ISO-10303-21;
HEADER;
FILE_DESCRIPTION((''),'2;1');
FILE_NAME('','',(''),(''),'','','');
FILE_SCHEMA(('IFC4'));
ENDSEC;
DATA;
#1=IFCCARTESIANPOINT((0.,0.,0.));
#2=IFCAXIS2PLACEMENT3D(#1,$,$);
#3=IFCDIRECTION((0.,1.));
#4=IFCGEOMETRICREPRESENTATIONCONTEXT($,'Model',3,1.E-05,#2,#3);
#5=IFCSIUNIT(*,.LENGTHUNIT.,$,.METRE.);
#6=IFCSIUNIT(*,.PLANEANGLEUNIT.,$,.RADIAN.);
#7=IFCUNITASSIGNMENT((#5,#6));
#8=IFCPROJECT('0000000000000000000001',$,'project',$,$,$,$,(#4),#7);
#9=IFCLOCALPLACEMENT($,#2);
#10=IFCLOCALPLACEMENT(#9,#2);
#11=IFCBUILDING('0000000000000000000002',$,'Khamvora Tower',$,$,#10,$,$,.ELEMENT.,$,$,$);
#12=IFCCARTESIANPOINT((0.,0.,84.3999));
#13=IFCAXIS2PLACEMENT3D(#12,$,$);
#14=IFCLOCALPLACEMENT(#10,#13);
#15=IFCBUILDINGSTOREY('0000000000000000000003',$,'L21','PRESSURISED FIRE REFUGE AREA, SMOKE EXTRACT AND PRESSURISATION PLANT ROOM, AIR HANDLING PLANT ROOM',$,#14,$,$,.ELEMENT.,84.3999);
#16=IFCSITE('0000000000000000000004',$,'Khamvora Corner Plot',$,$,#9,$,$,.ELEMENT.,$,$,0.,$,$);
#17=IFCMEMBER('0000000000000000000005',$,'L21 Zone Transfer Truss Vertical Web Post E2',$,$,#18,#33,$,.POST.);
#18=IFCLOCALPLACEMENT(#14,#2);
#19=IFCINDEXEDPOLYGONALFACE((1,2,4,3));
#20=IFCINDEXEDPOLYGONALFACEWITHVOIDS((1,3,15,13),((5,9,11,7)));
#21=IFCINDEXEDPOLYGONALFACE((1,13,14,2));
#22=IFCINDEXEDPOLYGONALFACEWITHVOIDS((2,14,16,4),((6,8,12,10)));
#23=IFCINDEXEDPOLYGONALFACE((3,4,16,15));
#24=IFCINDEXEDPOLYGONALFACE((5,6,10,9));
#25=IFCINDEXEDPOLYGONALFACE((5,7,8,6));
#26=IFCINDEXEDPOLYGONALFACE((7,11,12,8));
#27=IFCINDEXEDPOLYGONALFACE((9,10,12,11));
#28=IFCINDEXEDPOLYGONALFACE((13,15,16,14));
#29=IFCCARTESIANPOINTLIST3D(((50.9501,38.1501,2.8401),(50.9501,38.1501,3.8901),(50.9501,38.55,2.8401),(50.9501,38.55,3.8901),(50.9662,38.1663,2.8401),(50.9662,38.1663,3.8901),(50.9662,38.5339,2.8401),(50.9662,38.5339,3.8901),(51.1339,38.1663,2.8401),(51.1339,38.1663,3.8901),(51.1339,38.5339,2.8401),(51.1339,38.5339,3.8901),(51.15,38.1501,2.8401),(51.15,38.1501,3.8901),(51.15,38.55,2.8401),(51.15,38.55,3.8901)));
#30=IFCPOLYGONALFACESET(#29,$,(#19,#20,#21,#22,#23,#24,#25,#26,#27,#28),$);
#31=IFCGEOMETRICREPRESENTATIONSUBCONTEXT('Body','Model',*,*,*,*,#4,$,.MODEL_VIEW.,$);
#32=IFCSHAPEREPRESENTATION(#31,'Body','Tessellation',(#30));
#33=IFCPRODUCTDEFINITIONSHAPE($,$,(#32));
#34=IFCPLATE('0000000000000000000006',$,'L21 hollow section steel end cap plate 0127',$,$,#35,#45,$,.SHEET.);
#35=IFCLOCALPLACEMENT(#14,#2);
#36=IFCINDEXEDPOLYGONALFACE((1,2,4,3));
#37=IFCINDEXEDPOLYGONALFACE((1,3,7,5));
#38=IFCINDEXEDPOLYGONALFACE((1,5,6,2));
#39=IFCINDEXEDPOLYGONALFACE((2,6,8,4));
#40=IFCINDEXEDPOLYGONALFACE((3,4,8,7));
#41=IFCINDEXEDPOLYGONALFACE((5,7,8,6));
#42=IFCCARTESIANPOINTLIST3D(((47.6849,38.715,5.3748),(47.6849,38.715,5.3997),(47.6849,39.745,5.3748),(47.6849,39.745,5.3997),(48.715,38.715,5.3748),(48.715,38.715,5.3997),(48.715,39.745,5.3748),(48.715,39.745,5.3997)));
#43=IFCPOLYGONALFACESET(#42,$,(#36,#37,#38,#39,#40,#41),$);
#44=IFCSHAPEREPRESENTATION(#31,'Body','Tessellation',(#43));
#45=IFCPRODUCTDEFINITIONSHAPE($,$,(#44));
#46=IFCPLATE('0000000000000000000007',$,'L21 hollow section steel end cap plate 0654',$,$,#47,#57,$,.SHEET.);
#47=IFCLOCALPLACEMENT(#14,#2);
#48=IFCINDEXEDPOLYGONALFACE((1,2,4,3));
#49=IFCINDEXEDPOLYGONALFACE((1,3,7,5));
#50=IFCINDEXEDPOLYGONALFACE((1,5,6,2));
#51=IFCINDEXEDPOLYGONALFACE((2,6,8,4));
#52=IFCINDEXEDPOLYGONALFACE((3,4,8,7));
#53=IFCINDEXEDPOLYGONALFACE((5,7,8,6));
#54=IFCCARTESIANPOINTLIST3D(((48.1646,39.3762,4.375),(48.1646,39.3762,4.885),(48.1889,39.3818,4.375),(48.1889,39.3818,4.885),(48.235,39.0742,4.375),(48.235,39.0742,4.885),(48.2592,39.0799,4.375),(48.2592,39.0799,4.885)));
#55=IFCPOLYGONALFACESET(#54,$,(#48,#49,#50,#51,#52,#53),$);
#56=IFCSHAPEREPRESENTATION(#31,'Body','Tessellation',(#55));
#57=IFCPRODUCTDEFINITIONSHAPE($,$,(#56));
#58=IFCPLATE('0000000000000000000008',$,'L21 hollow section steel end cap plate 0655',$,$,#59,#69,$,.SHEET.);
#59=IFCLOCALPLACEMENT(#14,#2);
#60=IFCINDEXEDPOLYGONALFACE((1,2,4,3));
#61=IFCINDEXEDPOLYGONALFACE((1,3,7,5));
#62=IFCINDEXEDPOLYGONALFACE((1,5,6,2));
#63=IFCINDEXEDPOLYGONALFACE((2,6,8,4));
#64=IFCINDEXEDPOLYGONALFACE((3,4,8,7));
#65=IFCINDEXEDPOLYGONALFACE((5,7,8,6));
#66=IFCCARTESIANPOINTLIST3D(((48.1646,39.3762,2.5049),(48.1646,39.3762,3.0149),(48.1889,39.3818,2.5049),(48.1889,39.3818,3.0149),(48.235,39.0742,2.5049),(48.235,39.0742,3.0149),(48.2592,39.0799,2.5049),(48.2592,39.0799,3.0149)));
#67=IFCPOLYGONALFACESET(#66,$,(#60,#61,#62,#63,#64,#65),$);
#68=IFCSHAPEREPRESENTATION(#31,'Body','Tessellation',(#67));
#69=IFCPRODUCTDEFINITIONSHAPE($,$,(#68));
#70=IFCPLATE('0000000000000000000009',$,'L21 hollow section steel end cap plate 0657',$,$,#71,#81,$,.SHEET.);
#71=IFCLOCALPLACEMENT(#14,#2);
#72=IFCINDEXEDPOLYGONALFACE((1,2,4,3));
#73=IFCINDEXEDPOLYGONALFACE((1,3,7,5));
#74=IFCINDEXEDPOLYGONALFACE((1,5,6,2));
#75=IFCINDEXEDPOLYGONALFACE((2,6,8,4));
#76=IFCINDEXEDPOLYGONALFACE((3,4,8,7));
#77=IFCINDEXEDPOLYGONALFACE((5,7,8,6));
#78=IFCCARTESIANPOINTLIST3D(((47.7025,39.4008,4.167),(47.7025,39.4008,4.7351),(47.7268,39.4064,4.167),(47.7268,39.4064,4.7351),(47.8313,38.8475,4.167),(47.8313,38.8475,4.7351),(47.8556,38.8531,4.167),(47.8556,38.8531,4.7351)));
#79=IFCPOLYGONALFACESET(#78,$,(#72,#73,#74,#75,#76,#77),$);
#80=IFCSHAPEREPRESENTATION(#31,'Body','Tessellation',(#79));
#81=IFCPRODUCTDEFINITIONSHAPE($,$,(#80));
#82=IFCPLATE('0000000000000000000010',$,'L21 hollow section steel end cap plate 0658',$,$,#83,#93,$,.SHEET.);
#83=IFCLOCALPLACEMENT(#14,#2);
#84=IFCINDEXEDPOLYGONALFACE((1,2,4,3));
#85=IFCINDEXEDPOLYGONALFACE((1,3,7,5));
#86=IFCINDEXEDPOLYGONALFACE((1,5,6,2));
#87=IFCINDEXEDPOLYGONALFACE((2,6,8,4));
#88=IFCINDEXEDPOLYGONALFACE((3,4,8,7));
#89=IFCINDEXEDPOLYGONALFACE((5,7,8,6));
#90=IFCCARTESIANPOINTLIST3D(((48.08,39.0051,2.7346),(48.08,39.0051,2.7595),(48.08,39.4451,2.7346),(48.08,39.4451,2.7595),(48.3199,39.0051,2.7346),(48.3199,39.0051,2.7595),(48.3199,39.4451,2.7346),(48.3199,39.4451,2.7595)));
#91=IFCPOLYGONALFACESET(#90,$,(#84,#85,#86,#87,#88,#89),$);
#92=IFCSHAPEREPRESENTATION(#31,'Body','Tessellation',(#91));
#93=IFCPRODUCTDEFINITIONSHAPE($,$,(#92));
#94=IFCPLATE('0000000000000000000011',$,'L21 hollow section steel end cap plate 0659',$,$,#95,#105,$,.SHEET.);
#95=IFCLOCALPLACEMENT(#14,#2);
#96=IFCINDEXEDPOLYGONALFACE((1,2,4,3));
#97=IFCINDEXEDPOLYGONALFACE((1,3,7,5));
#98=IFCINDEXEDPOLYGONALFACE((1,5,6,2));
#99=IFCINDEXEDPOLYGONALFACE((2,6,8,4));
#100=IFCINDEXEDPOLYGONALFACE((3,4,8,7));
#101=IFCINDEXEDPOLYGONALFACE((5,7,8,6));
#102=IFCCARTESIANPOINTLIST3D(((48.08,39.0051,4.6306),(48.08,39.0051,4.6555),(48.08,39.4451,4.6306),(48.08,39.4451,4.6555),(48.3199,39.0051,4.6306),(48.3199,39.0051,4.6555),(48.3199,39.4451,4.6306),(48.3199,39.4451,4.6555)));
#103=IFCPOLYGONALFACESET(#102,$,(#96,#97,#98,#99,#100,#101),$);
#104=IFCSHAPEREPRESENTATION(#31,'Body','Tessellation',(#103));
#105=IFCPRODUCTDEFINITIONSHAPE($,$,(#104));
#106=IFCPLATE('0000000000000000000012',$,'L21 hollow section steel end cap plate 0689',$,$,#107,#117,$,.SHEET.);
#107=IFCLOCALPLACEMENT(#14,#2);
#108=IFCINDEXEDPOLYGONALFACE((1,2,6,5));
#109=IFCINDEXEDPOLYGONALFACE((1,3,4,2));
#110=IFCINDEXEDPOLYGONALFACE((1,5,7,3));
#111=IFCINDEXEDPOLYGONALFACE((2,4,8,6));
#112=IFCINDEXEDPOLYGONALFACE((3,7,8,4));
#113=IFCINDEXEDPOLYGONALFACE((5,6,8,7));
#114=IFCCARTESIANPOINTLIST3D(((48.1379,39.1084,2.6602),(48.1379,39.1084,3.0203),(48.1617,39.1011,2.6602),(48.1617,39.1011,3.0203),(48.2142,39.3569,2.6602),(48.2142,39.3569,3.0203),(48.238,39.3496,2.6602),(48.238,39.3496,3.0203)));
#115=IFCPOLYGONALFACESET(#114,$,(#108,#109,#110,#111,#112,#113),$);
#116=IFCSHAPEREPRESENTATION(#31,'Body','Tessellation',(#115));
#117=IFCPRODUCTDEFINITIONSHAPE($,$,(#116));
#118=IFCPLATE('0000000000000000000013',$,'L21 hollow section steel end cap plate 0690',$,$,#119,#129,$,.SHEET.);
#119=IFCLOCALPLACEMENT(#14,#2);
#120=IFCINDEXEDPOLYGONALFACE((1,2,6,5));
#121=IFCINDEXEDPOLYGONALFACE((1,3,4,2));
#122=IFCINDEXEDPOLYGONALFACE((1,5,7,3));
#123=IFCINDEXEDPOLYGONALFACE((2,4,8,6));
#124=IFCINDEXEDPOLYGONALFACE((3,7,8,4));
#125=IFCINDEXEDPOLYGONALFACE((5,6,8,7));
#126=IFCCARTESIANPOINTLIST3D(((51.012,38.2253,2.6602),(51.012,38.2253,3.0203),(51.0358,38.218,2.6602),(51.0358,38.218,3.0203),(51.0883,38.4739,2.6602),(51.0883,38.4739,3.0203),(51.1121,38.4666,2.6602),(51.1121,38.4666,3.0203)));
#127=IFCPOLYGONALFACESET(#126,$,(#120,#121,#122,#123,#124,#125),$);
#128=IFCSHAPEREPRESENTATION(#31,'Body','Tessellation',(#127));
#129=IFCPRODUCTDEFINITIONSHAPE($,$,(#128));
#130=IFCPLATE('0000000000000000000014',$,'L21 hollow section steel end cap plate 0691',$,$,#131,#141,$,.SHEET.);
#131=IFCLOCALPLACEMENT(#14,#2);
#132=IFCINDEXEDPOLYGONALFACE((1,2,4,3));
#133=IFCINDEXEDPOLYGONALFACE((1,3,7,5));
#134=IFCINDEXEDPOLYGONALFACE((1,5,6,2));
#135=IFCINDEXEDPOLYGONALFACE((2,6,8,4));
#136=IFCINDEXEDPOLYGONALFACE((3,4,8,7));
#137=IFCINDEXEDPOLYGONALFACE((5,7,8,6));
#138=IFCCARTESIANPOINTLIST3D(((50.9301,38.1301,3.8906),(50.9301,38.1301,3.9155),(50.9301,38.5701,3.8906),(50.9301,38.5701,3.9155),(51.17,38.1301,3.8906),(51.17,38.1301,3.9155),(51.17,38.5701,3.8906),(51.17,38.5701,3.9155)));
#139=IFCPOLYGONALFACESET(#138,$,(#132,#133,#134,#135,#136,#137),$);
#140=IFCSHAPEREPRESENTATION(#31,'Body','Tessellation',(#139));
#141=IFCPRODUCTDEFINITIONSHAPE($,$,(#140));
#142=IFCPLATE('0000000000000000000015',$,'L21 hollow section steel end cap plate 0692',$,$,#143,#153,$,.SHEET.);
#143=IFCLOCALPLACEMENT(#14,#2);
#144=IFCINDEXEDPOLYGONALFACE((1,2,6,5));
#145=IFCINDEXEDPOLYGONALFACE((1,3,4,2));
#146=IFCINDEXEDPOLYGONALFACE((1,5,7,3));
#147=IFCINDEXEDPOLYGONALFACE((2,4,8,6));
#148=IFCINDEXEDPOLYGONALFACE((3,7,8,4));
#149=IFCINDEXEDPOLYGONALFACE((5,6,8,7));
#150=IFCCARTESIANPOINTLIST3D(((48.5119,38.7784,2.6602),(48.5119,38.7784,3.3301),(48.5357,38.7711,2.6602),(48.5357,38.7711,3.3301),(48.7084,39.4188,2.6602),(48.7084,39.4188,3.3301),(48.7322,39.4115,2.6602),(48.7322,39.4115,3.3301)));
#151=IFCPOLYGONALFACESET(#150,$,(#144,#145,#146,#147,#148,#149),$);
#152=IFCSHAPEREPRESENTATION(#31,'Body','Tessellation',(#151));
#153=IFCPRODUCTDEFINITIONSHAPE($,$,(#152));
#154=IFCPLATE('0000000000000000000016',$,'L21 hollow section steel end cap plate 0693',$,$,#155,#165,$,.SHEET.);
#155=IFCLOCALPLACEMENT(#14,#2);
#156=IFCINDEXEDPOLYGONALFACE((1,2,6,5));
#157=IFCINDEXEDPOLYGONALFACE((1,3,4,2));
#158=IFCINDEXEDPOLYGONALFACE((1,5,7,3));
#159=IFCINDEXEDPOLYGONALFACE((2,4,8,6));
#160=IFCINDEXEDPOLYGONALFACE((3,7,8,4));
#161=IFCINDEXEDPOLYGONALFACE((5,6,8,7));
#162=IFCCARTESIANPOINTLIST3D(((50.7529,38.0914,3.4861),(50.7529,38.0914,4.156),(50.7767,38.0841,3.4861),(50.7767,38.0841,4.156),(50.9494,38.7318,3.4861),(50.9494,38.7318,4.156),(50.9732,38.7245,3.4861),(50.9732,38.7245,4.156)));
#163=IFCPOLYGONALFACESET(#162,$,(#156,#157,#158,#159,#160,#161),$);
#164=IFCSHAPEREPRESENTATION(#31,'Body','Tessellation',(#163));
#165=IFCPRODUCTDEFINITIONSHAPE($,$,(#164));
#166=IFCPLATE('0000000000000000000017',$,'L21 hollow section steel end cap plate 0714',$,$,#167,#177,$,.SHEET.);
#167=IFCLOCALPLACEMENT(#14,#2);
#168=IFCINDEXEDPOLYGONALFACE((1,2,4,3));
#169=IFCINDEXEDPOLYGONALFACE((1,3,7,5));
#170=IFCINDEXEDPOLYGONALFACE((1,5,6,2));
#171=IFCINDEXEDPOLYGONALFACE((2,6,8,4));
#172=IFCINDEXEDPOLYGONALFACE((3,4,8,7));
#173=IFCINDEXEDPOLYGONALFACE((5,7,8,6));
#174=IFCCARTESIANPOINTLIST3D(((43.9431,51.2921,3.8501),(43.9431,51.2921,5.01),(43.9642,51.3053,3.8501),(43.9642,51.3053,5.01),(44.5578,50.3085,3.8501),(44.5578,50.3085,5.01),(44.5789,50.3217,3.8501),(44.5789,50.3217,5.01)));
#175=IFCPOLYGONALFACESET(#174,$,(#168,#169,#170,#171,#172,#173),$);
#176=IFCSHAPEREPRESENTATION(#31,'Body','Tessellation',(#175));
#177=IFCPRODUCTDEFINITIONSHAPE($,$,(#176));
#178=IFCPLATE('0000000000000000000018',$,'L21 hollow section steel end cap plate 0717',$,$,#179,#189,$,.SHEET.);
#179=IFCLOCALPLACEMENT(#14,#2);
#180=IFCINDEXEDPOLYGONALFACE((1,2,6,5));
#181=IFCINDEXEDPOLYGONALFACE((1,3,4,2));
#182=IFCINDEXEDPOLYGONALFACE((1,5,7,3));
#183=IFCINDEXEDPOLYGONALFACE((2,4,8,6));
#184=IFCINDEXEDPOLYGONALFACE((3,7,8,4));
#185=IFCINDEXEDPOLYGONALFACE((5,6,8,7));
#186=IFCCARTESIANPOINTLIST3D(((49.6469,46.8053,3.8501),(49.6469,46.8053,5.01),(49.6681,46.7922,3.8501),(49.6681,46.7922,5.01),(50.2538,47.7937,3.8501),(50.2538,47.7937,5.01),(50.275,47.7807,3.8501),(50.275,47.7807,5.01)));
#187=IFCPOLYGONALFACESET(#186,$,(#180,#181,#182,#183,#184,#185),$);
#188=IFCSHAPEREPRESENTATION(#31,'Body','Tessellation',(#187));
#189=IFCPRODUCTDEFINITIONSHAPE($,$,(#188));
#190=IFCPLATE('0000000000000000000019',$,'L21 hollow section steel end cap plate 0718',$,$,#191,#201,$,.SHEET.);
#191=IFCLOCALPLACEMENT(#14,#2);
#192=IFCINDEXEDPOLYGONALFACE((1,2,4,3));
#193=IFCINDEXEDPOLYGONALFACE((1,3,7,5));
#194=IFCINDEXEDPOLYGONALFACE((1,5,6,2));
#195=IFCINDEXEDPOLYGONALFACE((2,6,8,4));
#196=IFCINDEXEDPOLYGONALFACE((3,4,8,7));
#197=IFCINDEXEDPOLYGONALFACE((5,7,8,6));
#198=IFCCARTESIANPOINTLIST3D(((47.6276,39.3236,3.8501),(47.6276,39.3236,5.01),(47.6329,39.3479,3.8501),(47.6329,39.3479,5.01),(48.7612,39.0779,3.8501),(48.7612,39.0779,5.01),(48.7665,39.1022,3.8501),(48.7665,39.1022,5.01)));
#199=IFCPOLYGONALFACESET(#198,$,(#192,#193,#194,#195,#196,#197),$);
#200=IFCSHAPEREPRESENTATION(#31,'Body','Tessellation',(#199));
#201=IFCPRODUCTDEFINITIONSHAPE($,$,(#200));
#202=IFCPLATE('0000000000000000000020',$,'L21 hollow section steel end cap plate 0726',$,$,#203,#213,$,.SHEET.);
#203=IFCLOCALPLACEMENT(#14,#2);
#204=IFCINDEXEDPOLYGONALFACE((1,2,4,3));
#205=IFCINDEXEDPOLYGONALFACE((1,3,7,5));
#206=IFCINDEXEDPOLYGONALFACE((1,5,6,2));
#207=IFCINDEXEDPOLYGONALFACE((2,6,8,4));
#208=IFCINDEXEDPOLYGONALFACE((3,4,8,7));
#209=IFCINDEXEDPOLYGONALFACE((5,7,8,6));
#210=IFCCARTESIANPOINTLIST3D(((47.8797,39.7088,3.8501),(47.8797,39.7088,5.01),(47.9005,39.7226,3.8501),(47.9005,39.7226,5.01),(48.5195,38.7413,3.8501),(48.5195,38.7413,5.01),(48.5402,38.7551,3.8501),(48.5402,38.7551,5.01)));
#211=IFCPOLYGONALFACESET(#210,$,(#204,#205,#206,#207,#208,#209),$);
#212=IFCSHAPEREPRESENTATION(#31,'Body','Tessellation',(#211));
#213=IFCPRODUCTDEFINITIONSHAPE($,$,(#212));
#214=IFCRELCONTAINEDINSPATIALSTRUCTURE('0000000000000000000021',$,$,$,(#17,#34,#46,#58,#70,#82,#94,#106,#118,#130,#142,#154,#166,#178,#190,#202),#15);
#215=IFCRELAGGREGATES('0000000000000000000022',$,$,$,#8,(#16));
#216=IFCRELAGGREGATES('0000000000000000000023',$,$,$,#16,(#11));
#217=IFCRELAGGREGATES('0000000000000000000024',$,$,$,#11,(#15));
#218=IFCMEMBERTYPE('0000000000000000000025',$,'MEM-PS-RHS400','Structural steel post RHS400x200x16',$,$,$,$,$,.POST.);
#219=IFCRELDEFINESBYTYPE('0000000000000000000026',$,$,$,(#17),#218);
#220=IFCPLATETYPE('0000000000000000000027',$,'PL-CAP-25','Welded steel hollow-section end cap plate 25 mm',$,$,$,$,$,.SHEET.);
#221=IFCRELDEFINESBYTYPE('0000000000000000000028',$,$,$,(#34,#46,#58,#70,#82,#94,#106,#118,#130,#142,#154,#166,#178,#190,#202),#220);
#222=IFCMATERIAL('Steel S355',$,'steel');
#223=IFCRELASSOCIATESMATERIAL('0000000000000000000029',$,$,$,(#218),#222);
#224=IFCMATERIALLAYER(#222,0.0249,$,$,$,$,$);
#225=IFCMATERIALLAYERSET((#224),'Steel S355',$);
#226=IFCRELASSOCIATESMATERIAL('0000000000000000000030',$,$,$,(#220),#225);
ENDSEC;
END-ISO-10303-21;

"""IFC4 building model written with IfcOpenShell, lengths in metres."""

from ifc_helpers import new_model, si_unit, direction, frame, origin, origin_2d, place, context, subcontext, project, spatial, rectangle, hollow_rectangle, extrude, material, layer, layer_set, material_profile, profile_set, type_object, element, save


model = new_model("IFC4")

# Units and contexts
model_context = context("Model", 3, precision=1e-05, world=origin(), true_north=direction((0.0, 1.0)))
body_context = subcontext(model_context, "Body", "Model", "MODEL_VIEW")
ifc_project = project(units=[si_unit("LENGTHUNIT", "METRE"), si_unit("PLANEANGLEUNIT", "RADIAN")], contexts=[model_context])

# Site, building, storey
site_placement = place(None, origin())
site = spatial("IfcSite", under=ifc_project, at=site_placement, Name="Khamvora Corner Plot", CompositionType="ELEMENT", RefElevation=0.0)
building_placement = place(site_placement, origin())
building = spatial("IfcBuilding", under=site, at=building_placement, Name="Khamvora Tower", CompositionType="ELEMENT")
storey_placement = place(building_placement, frame((0.0, 0.0, 84.3999)))
storey = spatial("IfcBuildingStorey", under=building, at=storey_placement, Name="L21", Description="PRESSURISED FIRE REFUGE AREA, SMOKE EXTRACT AND PRESSURISATION PLANT ROOM, AIR HANDLING PLANT ROOM", CompositionType="ELEMENT", Elevation=84.3999)

# Shared definitions
ifc_material_1 = material(Name="Steel S355", Category="steel")

# Member
ifc_material_profile_1 = material_profile(ifc_material_1, hollow_rectangle(XDim=0.2, YDim=0.3999, WallThickness=0.0161, at=origin_2d()), Name="RHS400x200x16")
ifc_profile_set_1 = profile_set([ifc_material_profile_1], Name="Steel S355")
member_type_1 = type_object("IfcMemberType", Name="MEM-PS-RHS400", Description="Structural steel post RHS400x200x16", PredefinedType="POST", material=ifc_profile_set_1)
member_1_placement = place(storey_placement, frame((51.05, 38.3501, 2.8401), z_axis=(0.0, 0.0, 1.0), x_axis=(1.0, 0.0, 0.0)))
element("IfcMember", 1, at=member_1_placement, inside=storey, type_object=member_type_1, Name="L21 Zone Transfer Truss Vertical Web Post E2", PredefinedType="POST", context=body_context, shape_type="SweptSolid", body=[
    extrude(hollow_rectangle(XDim=0.2, YDim=0.3999, WallThickness=0.0161, at=origin_2d()), origin(), (0.0, 0.0, 1.0), 1.05),
])

# Plates
ifc_layer_1 = layer(ifc_material_1, 0.0249)
ifc_layer_set_1 = layer_set([ifc_layer_1], Name="Steel S355")
plate_type_1 = type_object("IfcPlateType", Name="PL-CAP-25", Description="Welded steel hollow-section end cap plate 25 mm", PredefinedType="SHEET", material=ifc_layer_set_1)
plate_1_placement = place(storey_placement, frame((48.2, 39.23, 5.3748), z_axis=(0.0, 0.0, 1.0), x_axis=(1.0, 0.0, 0.0)))
element("IfcPlate", 2, at=plate_1_placement, inside=storey, type_object=plate_type_1, Name="L21 hollow section steel end cap plate 0127", PredefinedType="SHEET", context=body_context, shape_type="SweptSolid", body=[
    extrude(rectangle(XDim=1.03, YDim=1.03, at=origin_2d()), origin(), (0.0, 0.0, 1.0), 0.0249),
])
for number, where, z_axis, x_axis, name in (
    (3, (48.2119, 39.228, 4.375), (0.0, 0.0, 1.0), (0.973925, 0.226872, 0.0), "L21 hollow section steel end cap plate 0654"),
    (4, (48.2119, 39.228, 2.5049), (0.0, 0.0, 1.0), (0.973925, 0.226872, 0.0), "L21 hollow section steel end cap plate 0655"),
):
    element("IfcPlate", number, at=place(storey_placement, frame(where, z_axis=z_axis, x_axis=x_axis)), inside=storey, type_object=plate_type_1, Name=name, PredefinedType="SHEET", context=body_context, shape_type="SweptSolid", body=[
        extrude(rectangle(XDim=0.0249, YDim=0.3101, at=origin_2d()), origin(), (0.0, 0.0, 1.0), 0.51),
    ])
plate_2_placement = place(storey_placement, frame((47.7791, 39.127, 4.167), z_axis=(0.0, 0.0, 1.0), x_axis=(0.973968, 0.226685, 0.0)))
element("IfcPlate", 5, at=plate_2_placement, inside=storey, type_object=plate_type_1, Name="L21 hollow section steel end cap plate 0657", PredefinedType="SHEET", context=body_context, shape_type="SweptSolid", body=[
    extrude(rectangle(XDim=0.0249, YDim=0.5681, at=origin_2d()), origin(), (0.0, 0.0, 1.0), 0.5681),
])
for number, where, z_axis, x_axis, name in (
    (6, (48.2, 39.2251, 2.7346), (0.0, 0.0, 1.0), (1.0, 0.0, 0.0), "L21 hollow section steel end cap plate 0658"),
    (7, (48.2, 39.2251, 4.6306), (0.0, 0.0, 1.0), (1.0, 0.0, 0.0), "L21 hollow section steel end cap plate 0659"),
):
    element("IfcPlate", number, at=place(storey_placement, frame(where, z_axis=z_axis, x_axis=x_axis)), inside=storey, type_object=plate_type_1, Name=name, PredefinedType="SHEET", context=body_context, shape_type="SweptSolid", body=[
        extrude(rectangle(XDim=0.24, YDim=0.4399, at=origin_2d()), origin(), (0.0, 0.0, 1.0), 0.0249),
    ])
for number, where, z_axis, x_axis, name in (
    (8, (48.188, 39.229, 2.6602), (0.0, 0.0, 1.0), (0.955962, -0.29349, 0.0), "L21 hollow section steel end cap plate 0689"),
    (9, (51.062, 38.3459, 2.6602), (0.0, 0.0, 1.0), (0.955962, -0.29349, 0.0), "L21 hollow section steel end cap plate 0690"),
):
    element("IfcPlate", number, at=place(storey_placement, frame(where, z_axis=z_axis, x_axis=x_axis)), inside=storey, type_object=plate_type_1, Name=name, PredefinedType="SHEET", context=body_context, shape_type="SweptSolid", body=[
        extrude(rectangle(XDim=0.0249, YDim=0.26, at=origin_2d()), origin(), (0.0, 0.0, 1.0), 0.3601),
    ])
plate_3_placement = place(storey_placement, frame((51.05, 38.3501, 3.8906), z_axis=(0.0, 0.0, 1.0), x_axis=(1.0, 0.0, 0.0)))
element("IfcPlate", 10, at=plate_3_placement, inside=storey, type_object=plate_type_1, Name="L21 hollow section steel end cap plate 0691", PredefinedType="SHEET", context=body_context, shape_type="SweptSolid", body=[
    extrude(rectangle(XDim=0.24, YDim=0.4399, at=origin_2d()), origin(), (0.0, 0.0, 1.0), 0.0249),
])
for number, where, z_axis, x_axis, name in (
    (11, (48.6221, 39.095, 2.6602), (0.0, 0.0, 1.0), (0.955993, -0.29339, 0.0), "L21 hollow section steel end cap plate 0692"),
    (12, (50.863, 38.408, 3.4861), (0.0, 0.0, 1.0), (0.955993, -0.29339, 0.0), "L21 hollow section steel end cap plate 0693"),
):
    element("IfcPlate", number, at=place(storey_placement, frame(where, z_axis=z_axis, x_axis=x_axis)), inside=storey, type_object=plate_type_1, Name=name, PredefinedType="SHEET", context=body_context, shape_type="SweptSolid", body=[
        extrude(rectangle(XDim=0.0249, YDim=0.6699, at=origin_2d()), origin(), (0.0, 0.0, 1.0), 0.6699),
    ])
for number, where, z_axis, x_axis, name in (
    (13, (44.261, 50.8069, 3.8501), (0.0, 0.0, 1.0), (-0.848002, -0.529993, 0.0), "L21 hollow section steel end cap plate 0714"),
    (14, (49.9609, 47.293, 3.8501), (0.0, 0.0, 1.0), (0.852175, -0.523257, 0.0), "L21 hollow section steel end cap plate 0717"),
    (15, (48.197, 39.2129, 3.8501), (0.0, 0.0, 1.0), (0.211802, 0.977313, 0.0), "L21 hollow section steel end cap plate 0718"),
    (16, (48.21, 39.2319, 3.8501), (0.0, 0.0, 1.0), (-0.834117, -0.551588, 0.0), "L21 hollow section steel end cap plate 0726"),
):
    element("IfcPlate", number, at=place(storey_placement, frame(where, z_axis=z_axis, x_axis=x_axis)), inside=storey, type_object=plate_type_1, Name=name, PredefinedType="SHEET", context=body_context, shape_type="SweptSolid", body=[
        extrude(rectangle(XDim=0.0249, YDim=1.1599, at=origin_2d()), origin(), (0.0, 0.0, 1.0), 1.1599),
    ])

save(model, "model.ifc")
